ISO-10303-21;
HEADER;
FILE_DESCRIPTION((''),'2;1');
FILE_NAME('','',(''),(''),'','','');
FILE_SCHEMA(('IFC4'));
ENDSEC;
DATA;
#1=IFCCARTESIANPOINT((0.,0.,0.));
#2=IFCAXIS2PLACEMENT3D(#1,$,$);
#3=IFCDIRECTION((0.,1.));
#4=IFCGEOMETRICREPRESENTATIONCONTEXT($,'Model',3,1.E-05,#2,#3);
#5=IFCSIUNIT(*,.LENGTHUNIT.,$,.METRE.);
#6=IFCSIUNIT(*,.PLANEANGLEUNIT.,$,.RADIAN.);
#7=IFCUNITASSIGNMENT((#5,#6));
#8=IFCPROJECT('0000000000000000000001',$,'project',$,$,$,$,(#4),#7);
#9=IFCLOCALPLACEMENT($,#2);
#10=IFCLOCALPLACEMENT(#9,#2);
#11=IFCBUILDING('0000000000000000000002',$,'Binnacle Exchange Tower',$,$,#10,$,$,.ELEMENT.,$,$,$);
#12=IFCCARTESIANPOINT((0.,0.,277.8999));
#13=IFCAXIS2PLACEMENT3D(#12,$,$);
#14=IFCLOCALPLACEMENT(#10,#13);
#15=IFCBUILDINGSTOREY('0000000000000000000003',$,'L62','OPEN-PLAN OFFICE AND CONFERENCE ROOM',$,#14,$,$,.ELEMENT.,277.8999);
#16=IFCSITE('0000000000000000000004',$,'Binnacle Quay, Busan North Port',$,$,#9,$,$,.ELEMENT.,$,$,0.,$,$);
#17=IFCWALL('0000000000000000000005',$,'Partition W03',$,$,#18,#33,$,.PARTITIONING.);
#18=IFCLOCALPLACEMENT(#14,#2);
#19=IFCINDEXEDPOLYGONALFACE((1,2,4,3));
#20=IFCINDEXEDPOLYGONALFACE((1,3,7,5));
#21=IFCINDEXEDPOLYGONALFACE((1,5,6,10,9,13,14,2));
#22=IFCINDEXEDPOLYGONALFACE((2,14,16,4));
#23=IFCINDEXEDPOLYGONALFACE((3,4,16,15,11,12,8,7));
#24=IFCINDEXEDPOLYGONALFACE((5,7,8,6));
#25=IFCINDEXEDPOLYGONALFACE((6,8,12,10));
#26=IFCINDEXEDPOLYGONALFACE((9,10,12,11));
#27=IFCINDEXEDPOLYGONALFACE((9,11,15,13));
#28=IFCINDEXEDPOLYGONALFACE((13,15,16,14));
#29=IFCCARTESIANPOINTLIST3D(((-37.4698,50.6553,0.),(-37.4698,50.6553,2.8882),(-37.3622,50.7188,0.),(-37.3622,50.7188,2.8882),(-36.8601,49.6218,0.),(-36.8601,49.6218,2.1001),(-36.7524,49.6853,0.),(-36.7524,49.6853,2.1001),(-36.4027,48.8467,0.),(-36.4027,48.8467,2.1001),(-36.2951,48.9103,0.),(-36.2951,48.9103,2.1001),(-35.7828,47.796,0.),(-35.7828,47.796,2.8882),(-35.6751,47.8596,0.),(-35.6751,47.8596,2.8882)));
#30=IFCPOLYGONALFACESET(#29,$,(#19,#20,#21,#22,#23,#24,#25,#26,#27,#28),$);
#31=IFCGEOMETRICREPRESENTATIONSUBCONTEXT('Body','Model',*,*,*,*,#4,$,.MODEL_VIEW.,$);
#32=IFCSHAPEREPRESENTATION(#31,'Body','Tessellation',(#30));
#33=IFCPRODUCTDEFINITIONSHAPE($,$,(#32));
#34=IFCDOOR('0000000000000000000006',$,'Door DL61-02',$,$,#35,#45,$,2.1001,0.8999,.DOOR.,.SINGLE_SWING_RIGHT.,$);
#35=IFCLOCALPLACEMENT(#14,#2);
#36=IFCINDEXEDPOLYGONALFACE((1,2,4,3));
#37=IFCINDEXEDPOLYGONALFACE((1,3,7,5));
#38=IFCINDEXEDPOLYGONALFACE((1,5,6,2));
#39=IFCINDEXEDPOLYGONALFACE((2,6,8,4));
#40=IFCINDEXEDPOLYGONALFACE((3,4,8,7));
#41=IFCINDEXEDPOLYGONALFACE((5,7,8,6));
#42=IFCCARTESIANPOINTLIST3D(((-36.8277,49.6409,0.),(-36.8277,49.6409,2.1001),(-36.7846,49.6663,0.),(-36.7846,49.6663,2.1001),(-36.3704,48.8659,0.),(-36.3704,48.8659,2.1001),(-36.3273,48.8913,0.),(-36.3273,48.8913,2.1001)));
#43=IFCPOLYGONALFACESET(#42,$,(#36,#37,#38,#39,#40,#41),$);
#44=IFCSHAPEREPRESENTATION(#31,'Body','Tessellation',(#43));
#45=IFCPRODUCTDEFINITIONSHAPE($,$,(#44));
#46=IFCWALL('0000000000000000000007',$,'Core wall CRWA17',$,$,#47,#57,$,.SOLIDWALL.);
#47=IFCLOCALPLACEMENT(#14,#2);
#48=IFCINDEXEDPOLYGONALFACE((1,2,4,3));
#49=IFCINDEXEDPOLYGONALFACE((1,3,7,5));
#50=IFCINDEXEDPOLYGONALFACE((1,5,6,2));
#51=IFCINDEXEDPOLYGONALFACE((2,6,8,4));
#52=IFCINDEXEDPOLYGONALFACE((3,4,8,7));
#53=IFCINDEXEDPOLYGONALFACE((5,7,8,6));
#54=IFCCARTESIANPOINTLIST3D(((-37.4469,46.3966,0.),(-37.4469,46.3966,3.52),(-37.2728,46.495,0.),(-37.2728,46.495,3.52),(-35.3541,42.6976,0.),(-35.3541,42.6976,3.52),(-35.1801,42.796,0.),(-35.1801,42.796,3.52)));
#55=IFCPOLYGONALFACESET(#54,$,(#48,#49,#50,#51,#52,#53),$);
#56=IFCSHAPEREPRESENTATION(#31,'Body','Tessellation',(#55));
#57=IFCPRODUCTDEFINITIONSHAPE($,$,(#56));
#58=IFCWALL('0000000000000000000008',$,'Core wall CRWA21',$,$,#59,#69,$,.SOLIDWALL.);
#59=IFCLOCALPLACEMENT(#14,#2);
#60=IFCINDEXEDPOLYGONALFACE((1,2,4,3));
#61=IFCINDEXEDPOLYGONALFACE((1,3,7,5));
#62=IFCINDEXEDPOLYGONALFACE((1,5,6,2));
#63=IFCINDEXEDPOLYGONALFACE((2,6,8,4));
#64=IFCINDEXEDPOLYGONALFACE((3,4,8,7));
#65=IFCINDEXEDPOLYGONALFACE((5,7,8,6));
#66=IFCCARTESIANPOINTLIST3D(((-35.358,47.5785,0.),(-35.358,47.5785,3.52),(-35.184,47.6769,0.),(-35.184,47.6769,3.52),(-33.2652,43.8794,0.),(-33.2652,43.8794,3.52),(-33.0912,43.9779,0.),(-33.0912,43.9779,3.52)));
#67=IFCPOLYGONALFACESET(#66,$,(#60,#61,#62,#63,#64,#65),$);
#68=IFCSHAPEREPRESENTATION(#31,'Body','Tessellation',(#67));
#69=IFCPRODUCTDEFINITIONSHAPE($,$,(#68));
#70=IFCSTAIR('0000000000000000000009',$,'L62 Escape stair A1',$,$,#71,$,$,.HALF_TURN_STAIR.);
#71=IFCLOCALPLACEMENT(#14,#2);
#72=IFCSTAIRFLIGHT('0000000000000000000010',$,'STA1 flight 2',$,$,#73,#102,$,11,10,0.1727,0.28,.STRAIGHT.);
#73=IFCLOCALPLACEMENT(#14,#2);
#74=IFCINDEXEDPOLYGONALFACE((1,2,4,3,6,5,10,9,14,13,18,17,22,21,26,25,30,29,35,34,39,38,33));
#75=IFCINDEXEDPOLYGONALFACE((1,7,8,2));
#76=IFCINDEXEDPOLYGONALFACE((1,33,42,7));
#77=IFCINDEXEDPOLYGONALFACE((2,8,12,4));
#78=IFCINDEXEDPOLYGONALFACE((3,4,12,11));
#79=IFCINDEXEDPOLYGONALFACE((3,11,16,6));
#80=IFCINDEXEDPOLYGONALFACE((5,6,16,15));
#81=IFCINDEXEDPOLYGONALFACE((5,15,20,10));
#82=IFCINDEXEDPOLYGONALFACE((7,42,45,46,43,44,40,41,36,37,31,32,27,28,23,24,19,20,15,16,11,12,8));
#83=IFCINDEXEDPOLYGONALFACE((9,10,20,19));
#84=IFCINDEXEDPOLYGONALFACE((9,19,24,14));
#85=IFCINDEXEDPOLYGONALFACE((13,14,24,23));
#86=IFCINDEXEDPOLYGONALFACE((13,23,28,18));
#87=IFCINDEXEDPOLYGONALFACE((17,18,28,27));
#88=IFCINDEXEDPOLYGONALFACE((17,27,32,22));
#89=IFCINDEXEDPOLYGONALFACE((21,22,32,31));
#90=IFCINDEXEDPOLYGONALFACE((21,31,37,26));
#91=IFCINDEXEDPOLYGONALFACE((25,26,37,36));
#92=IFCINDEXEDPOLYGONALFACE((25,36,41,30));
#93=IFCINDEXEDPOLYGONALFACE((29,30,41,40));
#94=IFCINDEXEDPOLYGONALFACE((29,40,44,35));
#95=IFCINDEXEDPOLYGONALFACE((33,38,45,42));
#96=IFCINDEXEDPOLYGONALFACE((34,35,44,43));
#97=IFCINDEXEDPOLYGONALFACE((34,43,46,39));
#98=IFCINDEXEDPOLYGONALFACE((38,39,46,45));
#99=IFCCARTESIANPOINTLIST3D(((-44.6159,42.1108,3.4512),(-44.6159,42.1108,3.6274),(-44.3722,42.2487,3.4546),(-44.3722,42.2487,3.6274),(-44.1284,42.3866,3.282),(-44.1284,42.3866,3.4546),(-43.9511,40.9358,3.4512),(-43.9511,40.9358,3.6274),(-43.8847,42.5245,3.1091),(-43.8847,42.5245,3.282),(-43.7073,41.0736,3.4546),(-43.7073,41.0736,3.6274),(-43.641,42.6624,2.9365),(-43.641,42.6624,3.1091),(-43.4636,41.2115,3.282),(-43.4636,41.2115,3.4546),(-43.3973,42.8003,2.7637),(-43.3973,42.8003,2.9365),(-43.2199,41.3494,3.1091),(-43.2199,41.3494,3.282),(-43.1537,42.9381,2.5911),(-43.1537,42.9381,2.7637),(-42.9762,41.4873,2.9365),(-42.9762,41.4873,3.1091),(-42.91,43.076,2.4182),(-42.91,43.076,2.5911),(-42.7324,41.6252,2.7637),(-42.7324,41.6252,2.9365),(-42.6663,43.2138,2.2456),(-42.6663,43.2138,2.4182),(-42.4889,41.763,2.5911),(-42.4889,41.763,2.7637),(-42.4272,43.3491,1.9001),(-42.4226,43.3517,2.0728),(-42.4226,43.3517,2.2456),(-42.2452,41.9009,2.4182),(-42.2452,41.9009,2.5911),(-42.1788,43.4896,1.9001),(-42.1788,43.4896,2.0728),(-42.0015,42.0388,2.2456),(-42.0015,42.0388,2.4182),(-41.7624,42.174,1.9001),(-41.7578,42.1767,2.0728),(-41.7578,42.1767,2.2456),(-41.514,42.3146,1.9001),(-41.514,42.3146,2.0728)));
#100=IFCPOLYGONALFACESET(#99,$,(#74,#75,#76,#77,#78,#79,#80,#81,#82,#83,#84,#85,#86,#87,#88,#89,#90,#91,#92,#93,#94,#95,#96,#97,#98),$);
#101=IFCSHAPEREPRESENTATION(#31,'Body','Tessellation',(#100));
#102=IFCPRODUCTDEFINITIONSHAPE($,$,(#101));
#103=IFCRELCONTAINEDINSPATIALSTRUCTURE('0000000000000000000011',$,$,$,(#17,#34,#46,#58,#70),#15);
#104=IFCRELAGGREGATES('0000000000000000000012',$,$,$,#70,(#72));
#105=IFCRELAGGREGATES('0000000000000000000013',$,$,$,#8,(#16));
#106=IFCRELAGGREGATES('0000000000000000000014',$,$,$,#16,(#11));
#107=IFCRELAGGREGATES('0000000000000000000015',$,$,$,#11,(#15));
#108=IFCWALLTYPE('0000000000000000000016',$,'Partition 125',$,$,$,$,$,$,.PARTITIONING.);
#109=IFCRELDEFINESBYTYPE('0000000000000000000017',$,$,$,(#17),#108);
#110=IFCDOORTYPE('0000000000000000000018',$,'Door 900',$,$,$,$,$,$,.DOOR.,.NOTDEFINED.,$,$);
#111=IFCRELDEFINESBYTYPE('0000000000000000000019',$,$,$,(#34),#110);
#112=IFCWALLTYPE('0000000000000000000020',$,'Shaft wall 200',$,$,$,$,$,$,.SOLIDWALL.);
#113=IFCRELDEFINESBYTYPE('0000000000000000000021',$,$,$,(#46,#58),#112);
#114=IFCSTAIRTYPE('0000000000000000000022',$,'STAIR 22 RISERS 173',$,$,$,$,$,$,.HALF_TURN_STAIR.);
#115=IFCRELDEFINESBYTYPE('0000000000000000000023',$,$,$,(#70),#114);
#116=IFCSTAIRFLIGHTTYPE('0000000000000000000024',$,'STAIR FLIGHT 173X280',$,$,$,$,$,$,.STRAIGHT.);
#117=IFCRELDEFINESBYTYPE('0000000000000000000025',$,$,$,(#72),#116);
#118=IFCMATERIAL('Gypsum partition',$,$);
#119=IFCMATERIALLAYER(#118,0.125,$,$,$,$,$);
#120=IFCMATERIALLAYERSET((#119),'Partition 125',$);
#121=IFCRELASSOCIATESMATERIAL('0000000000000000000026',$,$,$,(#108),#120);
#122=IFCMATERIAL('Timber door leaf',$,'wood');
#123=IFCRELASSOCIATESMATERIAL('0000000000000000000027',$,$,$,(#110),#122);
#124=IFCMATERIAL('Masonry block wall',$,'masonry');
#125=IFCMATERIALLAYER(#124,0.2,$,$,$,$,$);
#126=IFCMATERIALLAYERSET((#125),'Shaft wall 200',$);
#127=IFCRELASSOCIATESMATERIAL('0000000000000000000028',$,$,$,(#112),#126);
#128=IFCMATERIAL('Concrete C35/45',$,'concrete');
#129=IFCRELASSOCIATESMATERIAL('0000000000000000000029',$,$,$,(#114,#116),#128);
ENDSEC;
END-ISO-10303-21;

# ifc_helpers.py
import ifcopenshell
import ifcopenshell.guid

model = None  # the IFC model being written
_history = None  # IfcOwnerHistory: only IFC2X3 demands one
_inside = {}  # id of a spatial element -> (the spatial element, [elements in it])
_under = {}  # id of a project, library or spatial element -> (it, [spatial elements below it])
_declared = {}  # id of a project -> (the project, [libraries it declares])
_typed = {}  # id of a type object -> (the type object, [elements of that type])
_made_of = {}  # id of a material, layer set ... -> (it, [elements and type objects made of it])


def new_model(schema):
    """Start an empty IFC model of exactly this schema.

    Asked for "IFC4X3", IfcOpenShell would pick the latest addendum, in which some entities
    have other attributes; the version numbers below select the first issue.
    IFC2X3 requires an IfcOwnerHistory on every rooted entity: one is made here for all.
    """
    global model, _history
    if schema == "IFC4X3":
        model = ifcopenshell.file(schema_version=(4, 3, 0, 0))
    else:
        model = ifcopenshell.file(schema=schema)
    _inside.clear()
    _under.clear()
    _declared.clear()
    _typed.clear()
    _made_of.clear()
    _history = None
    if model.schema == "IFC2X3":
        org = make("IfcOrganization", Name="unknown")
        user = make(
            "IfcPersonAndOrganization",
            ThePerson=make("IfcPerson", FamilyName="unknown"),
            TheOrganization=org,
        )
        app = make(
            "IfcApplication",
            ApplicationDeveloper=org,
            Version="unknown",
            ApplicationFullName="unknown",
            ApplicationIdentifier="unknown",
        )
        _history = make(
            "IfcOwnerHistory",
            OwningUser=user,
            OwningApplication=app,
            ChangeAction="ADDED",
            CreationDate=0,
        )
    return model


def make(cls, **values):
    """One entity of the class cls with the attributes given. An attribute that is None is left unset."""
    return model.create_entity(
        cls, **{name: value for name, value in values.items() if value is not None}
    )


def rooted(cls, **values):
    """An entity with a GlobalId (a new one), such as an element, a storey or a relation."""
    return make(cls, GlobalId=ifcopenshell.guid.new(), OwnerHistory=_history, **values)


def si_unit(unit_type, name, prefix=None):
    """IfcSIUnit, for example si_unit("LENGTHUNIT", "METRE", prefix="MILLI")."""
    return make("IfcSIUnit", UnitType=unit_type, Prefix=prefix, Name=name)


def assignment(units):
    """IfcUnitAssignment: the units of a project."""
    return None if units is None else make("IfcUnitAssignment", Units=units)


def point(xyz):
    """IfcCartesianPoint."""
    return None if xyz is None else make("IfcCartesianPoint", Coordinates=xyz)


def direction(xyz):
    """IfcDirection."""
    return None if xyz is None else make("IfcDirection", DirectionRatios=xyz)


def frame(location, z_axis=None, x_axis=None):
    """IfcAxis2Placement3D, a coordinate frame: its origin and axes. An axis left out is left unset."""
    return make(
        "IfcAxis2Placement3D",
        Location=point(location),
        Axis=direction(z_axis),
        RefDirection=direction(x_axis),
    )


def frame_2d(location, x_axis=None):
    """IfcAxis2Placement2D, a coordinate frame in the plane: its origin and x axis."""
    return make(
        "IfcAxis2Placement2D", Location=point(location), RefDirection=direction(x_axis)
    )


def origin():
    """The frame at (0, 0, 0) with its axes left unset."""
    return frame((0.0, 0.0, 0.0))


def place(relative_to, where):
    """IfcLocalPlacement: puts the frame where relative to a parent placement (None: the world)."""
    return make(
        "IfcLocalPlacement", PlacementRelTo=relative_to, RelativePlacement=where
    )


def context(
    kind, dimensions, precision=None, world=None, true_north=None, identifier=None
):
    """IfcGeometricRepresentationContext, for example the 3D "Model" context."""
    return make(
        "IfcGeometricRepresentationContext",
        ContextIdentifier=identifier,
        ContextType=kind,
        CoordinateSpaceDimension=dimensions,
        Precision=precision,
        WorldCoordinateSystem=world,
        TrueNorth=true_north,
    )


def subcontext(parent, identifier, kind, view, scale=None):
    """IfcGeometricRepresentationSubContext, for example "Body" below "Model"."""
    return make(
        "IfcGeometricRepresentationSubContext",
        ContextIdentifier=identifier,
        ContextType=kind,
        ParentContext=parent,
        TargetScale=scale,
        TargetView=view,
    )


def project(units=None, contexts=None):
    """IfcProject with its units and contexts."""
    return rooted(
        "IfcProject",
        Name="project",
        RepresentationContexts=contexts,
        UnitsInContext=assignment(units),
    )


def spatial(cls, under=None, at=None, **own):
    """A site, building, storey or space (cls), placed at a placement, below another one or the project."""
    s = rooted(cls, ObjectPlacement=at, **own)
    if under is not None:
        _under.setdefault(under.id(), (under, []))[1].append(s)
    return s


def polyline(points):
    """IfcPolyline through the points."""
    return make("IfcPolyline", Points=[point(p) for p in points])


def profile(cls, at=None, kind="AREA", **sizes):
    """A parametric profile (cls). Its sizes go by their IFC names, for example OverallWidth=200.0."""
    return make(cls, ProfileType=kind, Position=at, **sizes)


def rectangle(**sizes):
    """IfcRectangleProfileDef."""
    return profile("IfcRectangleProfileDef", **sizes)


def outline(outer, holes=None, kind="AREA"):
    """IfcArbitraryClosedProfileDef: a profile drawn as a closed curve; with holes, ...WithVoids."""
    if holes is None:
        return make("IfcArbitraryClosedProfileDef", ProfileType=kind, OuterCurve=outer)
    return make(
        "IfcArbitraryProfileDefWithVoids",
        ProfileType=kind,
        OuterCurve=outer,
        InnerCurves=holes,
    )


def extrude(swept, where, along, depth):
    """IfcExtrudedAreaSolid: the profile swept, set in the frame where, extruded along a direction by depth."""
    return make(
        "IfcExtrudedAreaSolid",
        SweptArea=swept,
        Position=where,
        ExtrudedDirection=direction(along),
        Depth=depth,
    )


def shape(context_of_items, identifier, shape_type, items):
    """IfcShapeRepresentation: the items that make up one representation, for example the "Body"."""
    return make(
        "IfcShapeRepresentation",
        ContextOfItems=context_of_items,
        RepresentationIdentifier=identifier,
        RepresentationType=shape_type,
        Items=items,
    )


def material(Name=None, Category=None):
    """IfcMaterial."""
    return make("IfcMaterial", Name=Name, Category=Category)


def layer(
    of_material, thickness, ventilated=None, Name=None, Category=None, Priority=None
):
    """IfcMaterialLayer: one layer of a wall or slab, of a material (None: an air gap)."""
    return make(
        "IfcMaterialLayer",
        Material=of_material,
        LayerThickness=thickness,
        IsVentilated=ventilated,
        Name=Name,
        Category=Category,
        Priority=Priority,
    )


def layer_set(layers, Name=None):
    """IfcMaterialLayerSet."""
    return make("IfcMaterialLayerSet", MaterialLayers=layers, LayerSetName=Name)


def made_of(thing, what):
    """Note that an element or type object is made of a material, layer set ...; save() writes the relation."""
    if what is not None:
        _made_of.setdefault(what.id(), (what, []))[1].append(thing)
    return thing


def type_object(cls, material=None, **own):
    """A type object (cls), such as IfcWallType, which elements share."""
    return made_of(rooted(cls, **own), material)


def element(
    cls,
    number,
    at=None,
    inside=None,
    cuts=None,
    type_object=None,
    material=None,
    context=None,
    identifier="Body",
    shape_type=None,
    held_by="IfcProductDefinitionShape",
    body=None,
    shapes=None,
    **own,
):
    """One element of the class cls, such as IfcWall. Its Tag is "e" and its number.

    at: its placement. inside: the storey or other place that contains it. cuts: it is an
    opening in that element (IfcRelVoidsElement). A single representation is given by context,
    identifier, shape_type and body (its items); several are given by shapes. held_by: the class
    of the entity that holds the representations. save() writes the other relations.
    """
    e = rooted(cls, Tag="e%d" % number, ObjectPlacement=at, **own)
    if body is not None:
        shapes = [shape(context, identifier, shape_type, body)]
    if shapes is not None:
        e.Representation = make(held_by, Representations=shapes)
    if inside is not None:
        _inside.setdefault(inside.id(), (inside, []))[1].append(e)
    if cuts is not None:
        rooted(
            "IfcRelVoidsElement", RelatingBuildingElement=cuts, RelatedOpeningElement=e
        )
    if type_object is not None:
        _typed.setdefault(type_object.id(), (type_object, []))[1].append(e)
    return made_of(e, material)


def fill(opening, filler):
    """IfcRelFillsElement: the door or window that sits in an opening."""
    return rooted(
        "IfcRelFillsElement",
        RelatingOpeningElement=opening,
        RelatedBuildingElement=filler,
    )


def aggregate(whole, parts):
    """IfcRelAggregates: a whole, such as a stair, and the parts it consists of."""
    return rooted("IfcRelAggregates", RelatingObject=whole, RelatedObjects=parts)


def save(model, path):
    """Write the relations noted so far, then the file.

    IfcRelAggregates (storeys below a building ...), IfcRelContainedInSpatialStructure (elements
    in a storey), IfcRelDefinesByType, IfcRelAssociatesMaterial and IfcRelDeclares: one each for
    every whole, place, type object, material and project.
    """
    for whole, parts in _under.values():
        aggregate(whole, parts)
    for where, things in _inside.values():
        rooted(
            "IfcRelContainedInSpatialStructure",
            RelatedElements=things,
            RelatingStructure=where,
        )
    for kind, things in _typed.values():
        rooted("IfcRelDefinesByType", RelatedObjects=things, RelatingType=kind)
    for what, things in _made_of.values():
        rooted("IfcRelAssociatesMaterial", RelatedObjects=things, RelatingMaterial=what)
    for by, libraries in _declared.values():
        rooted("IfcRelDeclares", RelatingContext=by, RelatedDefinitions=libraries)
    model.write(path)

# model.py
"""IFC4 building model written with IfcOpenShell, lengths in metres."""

from ifc_helpers import new_model, si_unit, direction, frame, frame_2d, origin, place, context, subcontext, project, spatial, polyline, rectangle, outline, extrude, material, layer, layer_set, type_object, element, fill, aggregate, save


model = new_model("IFC4")

# Units and contexts
model_context = context("Model", 3, precision=1e-05, world=origin(), true_north=direction((0.0, 1.0)))
body_context = subcontext(model_context, "Body", "Model", "MODEL_VIEW")
ifc_project = project(units=[si_unit("LENGTHUNIT", "METRE"), si_unit("PLANEANGLEUNIT", "RADIAN")], contexts=[model_context])

# Site, building, storey
site_placement = place(None, origin())
site = spatial("IfcSite", under=ifc_project, at=site_placement, Name="Binnacle Quay, Busan North Port", CompositionType="ELEMENT", RefElevation=0.0)
building_placement = place(site_placement, origin())
building = spatial("IfcBuilding", under=site, at=building_placement, Name="Binnacle Exchange Tower", CompositionType="ELEMENT")
storey_placement = place(building_placement, frame((0.0, 0.0, 277.8999)))
storey = spatial("IfcBuildingStorey", under=building, at=storey_placement, Name="L62", Description="OPEN-PLAN OFFICE AND CONFERENCE ROOM", CompositionType="ELEMENT", Elevation=277.8999)

# Shared definitions
ifc_material_1 = material(Name="Masonry block wall", Category="masonry")

# Shared definitions
ifc_material_2 = material(Name="Gypsum partition")
ifc_layer_1 = layer(ifc_material_2, 0.125)
ifc_layer_set_1 = layer_set([ifc_layer_1], Name="Partition 125")
wall_type_1 = type_object("IfcWallType", Name="Partition 125", PredefinedType="PARTITIONING", material=ifc_layer_set_1)

# Wall, opening, door
wall_1_placement = place(storey_placement, frame((-37.416, 50.687, 0.0), z_axis=(0.0, 0.0, 1.0), x_axis=(0.508177, -0.861253, 0.0)))
wall_1 = element("IfcWall", 1, at=wall_1_placement, inside=storey, type_object=wall_type_1, Name="Partition W03", PredefinedType="PARTITIONING", context=body_context, shape_type="SweptSolid", body=[
    extrude(rectangle(XDim=3.3198, YDim=0.125, at=frame_2d((1.6599, 0.0))), origin(), (0.0, 0.0, 1.0), 2.8882),
])
opening_1_placement = place(wall_1_placement, frame((1.2, 0.0, 0.0)))
opening_1 = element("IfcOpeningElement", 2, at=opening_1_placement, cuts=wall_1, PredefinedType="OPENING", context=body_context, shape_type="SweptSolid", body=[
    extrude(rectangle(XDim=0.8999, YDim=2.1001, at=frame_2d((0.45, 1.05))), frame((0.0, 0.0725, 0.0), z_axis=(0.0, -1.0, 0.0), x_axis=(1.0, 0.0, 0.0)), (0.0, 0.0, 1.0), 0.145),
])
ifc_material_3 = material(Name="Timber door leaf", Category="wood")
door_type_1 = type_object("IfcDoorType", Name="Door 900", OperationType="NOTDEFINED", PredefinedType="DOOR", material=ifc_material_3)
door_1_placement = place(opening_1_placement, frame((0.8999, 0.0, 0.0), z_axis=(0.0, 0.0, 1.0), x_axis=(-1.0, 0.0, 0.0)))
door_1 = element("IfcDoor", 3, at=door_1_placement, inside=storey, type_object=door_type_1, Name="Door DL61-02", OperationType="SINGLE_SWING_RIGHT", OverallHeight=2.1001, OverallWidth=0.8999, PredefinedType="DOOR", context=body_context, shape_type="SweptSolid", body=[
    extrude(rectangle(XDim=0.8999, YDim=2.1001, at=frame_2d((0.45, 1.05))), frame((0.0, 0.0249, 0.0), z_axis=(0.0, -1.0, 0.0), x_axis=(1.0, 0.0, 0.0)), (0.0, 0.0, 1.0), 0.05),
])
fill(opening_1, door_1)

# Walls
ifc_layer_2 = layer(ifc_material_1, 0.2)
ifc_layer_set_2 = layer_set([ifc_layer_2], Name="Shaft wall 200")
wall_type_2 = type_object("IfcWallType", Name="Shaft wall 200", PredefinedType="SOLIDWALL", material=ifc_layer_set_2)
for number, where, z_axis, x_axis, name in (
    (4, (-37.3599, 46.4458, 0.0), (0.0, 0.0, 1.0), (0.492423, -0.870356, 0.0), "Core wall CRWA17"),
    (5, (-35.271, 47.6277, 0.0), (0.0, 0.0, 1.0), (0.492423, -0.870356, 0.0), "Core wall CRWA21"),
):
    element("IfcWall", number, at=place(storey_placement, frame(where, z_axis=z_axis, x_axis=x_axis)), inside=storey, type_object=wall_type_2, Name=name, PredefinedType="SOLIDWALL", context=body_context, shape_type="SweptSolid", body=[
        extrude(rectangle(XDim=4.25, YDim=0.2, at=frame_2d((2.125, 0.0))), origin(), (0.0, 0.0, 1.0), 3.52),
    ])

# Stair, stair flight
ifc_material_4 = material(Name="Concrete C35/45", Category="concrete")
stair_type = type_object("IfcStairType", Name="STAIR 22 RISERS 173", PredefinedType="HALF_TURN_STAIR", material=ifc_material_4)
stair_placement = place(storey_placement, origin())
stair = element("IfcStair", 6, at=stair_placement, inside=storey, type_object=stair_type, Name="L62 Escape stair A1", PredefinedType="HALF_TURN_STAIR")
stair_flight_type = type_object("IfcStairFlightType", Name="STAIR FLIGHT 173X280", PredefinedType="STRAIGHT", material=ifc_material_4)
stair_flight_placement = place(storey_placement, frame((-41.8464, 42.9021, 1.9001), z_axis=(0.0, 0.0, 1.0), x_axis=(-0.870356, -0.492424, 0.0)))
stair_flight = element("IfcStairFlight", 7, at=stair_flight_placement, type_object=stair_flight_type, Name="STA1 flight 2", NumberOfRisers=11, NumberOfTreads=10, PredefinedType="STRAIGHT", RiserHeight=0.1727, TreadLength=0.28, context=body_context, shape_type="SweptSolid", body=[
    extrude(outline(polyline([(0.0, 0.0), (0.0, 0.1726), (0.28, 0.1726), (0.28, 0.3455), (0.5601, 0.3455), (0.5601, 0.5181), (0.8401, 0.5181), (0.8401, 0.6909), (1.1201, 0.6909), (1.1201, 0.8635), (1.3999, 0.8635), (1.3999, 1.0364), (1.6799, 1.0364), (1.6799, 1.209), (1.96, 1.209), (1.96, 1.3818), (2.24, 1.3818), (2.24, 1.5544), (2.52, 1.5544), (2.52, 1.7273), (2.8, 1.7273), (2.8, 1.8999), (2.8, 1.551), (0.2854, 0.0), (0.0, 0.0)])), frame((0.0, 0.675, 0.0), z_axis=(0.0, -1.0, 0.0), x_axis=(1.0, 0.0, 0.0)), (0.0, 0.0, 1.0), 1.3501),
])
aggregate(stair, [stair_flight])

save(model, "model.ifc")
